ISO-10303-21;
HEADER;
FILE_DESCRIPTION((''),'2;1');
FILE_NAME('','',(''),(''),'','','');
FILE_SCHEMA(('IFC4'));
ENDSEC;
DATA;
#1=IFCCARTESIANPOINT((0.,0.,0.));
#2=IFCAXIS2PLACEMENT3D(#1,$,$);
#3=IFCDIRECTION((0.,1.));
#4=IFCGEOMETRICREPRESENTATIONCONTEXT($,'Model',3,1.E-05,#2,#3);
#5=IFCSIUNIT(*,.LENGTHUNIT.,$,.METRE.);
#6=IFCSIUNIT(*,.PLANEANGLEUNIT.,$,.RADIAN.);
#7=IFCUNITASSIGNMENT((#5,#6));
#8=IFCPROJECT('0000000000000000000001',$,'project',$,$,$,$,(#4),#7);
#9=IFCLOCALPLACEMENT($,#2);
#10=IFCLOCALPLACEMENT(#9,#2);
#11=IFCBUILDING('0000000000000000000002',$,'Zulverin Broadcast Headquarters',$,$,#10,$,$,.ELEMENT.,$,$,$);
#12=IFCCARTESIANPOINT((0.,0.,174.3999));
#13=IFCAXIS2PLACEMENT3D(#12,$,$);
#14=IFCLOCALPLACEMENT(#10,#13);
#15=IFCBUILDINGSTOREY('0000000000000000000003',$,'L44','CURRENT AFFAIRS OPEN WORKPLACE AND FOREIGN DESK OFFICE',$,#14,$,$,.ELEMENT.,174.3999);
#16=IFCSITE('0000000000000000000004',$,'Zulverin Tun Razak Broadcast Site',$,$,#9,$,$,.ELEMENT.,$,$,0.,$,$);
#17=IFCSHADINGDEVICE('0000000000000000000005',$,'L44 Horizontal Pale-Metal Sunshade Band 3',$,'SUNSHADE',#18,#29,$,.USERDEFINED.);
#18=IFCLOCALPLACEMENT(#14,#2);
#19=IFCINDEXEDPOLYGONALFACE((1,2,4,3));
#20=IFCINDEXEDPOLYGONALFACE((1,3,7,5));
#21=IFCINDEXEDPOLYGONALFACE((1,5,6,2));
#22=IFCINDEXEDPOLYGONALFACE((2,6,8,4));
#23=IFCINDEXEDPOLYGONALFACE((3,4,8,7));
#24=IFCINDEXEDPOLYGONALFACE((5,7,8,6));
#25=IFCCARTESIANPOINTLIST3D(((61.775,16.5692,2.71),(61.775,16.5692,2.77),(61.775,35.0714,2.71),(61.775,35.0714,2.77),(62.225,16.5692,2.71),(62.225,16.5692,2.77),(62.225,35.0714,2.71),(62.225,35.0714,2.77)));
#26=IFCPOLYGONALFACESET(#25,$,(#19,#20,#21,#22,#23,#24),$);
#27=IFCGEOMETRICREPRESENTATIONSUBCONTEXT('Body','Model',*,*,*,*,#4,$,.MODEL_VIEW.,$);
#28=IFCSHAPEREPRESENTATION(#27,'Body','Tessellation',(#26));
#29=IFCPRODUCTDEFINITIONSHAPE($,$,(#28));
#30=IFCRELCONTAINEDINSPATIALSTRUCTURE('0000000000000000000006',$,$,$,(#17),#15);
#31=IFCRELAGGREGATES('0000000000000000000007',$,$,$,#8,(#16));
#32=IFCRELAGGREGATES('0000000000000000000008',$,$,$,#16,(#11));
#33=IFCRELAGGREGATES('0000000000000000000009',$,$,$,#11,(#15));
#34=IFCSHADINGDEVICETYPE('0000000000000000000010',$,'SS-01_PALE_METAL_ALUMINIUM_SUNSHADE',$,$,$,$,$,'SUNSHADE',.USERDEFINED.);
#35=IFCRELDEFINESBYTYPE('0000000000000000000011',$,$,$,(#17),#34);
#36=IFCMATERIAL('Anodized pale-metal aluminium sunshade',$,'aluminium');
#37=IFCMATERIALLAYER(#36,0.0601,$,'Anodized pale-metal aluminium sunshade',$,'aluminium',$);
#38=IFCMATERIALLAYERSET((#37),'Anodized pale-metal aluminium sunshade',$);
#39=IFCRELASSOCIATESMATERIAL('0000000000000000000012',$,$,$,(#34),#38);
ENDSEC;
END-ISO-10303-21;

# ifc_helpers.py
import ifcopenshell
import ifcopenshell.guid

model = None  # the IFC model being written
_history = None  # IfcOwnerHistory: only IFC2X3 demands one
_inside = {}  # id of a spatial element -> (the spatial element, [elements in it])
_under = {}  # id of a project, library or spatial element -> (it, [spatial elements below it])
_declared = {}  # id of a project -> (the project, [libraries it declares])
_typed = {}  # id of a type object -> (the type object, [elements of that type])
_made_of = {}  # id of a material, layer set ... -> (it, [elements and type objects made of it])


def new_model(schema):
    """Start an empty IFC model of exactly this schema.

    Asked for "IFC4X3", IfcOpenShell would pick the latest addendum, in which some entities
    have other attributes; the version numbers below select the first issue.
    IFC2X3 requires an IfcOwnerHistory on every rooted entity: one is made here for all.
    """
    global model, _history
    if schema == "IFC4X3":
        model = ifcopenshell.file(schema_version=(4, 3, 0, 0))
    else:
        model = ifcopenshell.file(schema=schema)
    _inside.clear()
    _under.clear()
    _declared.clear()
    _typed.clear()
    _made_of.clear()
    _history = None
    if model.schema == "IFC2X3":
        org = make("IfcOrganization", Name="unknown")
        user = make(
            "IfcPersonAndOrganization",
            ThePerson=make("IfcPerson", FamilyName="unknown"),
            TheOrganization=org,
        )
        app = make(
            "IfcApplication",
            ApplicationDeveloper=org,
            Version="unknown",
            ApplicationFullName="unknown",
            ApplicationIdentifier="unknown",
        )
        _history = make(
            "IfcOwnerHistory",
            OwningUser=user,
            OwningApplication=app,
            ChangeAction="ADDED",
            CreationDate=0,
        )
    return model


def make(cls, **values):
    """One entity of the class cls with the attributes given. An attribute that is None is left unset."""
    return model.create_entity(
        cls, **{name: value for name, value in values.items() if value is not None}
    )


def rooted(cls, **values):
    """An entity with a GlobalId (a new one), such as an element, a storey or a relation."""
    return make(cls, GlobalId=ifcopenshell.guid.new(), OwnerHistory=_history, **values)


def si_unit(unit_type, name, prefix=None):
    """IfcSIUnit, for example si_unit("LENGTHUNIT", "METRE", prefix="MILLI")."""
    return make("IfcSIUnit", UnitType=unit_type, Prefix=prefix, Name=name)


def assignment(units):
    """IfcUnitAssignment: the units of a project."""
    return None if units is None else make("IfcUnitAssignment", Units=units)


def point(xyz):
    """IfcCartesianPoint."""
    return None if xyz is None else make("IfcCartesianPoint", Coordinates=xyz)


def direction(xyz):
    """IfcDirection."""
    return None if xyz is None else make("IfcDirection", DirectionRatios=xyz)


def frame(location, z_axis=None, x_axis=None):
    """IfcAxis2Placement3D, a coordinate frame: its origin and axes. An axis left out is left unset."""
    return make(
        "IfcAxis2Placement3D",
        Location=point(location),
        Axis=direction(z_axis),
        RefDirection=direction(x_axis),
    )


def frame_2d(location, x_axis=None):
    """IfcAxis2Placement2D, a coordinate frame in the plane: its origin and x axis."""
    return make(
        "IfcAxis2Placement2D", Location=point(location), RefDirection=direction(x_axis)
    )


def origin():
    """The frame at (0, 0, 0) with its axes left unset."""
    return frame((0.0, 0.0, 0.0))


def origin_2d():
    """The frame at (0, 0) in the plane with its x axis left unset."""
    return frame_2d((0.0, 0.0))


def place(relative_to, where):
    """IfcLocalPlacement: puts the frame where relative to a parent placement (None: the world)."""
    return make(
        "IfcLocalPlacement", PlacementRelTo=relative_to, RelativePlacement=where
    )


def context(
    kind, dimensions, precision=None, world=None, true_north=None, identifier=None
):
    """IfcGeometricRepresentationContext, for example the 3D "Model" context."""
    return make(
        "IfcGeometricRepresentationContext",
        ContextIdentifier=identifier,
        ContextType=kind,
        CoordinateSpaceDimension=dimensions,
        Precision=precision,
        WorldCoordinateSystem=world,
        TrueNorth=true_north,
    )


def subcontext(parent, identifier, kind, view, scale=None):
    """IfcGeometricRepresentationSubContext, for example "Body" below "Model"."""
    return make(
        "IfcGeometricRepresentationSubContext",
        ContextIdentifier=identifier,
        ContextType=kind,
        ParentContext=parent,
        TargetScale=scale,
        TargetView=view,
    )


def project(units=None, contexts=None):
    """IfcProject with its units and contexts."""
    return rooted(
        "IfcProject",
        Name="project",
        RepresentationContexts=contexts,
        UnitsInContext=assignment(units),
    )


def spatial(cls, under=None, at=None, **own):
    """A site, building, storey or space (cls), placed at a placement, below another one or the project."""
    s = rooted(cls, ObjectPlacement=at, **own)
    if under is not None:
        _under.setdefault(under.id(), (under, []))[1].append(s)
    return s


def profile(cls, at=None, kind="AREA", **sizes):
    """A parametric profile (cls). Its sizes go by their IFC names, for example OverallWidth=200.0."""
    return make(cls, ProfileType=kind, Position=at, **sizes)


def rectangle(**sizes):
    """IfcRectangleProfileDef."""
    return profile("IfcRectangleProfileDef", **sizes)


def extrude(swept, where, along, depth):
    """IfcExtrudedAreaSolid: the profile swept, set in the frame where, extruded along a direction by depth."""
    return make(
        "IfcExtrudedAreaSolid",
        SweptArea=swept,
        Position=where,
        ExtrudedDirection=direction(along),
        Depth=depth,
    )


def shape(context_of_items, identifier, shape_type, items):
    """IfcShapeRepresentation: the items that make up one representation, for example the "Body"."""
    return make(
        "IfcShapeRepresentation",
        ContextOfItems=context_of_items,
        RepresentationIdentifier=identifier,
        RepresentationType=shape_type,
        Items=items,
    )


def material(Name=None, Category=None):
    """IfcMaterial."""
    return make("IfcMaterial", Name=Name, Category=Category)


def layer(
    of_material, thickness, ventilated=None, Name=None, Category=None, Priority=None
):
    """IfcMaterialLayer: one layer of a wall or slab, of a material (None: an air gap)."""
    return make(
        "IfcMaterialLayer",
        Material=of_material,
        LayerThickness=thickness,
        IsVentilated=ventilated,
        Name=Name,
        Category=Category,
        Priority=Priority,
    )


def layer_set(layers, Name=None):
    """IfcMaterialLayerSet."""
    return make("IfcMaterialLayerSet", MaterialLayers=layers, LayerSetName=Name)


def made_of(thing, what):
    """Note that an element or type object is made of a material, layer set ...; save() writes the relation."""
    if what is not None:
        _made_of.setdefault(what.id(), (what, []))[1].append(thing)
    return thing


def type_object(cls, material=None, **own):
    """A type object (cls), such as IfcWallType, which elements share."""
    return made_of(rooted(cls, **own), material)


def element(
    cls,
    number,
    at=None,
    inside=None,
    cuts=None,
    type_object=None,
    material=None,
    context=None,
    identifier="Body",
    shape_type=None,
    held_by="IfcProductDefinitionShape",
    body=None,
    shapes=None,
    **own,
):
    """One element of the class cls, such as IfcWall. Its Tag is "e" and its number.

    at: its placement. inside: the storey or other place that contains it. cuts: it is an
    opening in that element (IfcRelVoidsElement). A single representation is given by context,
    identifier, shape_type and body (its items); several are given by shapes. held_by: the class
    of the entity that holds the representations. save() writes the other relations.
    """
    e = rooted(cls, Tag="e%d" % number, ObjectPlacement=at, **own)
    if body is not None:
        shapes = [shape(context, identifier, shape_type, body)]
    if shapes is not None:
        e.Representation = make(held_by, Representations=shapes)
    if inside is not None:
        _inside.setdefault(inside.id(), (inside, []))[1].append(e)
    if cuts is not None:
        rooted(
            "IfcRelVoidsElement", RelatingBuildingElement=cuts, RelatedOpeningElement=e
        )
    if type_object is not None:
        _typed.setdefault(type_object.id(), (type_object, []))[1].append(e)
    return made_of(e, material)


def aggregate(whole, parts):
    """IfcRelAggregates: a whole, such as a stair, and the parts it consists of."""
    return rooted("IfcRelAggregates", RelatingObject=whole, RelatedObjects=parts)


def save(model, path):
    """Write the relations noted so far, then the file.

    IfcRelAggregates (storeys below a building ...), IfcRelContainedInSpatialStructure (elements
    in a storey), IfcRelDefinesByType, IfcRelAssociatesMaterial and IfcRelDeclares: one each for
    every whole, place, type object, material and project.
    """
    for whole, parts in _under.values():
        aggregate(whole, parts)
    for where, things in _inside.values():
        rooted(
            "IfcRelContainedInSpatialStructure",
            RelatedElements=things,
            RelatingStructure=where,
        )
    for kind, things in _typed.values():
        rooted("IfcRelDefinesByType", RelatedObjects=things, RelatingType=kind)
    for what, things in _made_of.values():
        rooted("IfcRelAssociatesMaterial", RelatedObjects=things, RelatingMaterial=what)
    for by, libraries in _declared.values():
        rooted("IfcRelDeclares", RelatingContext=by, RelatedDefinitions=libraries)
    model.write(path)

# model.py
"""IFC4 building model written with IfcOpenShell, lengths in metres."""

from ifc_helpers import new_model, si_unit, direction, frame, origin, origin_2d, place, context, subcontext, project, spatial, rectangle, extrude, material, layer, layer_set, type_object, element, save


model = new_model("IFC4")

# Units and contexts
model_context = context("Model", 3, precision=1e-05, world=origin(), true_north=direction((0.0, 1.0)))
body_context = subcontext(model_context, "Body", "Model", "MODEL_VIEW")
ifc_project = project(units=[si_unit("LENGTHUNIT", "METRE"), si_unit("PLANEANGLEUNIT", "RADIAN")], contexts=[model_context])

# Site, building, storey
site_placement = place(None, origin())
site = spatial("IfcSite", under=ifc_project, at=site_placement, Name="Zulverin Tun Razak Broadcast Site", CompositionType="ELEMENT", RefElevation=0.0)
building_placement = place(site_placement, origin())
building = spatial("IfcBuilding", under=site, at=building_placement, Name="Zulverin Broadcast Headquarters", CompositionType="ELEMENT")
storey_placement = place(building_placement, frame((0.0, 0.0, 174.3999)))
storey = spatial("IfcBuildingStorey", under=building, at=storey_placement, Name="L44", Description="CURRENT AFFAIRS OPEN WORKPLACE AND FOREIGN DESK OFFICE", CompositionType="ELEMENT", Elevation=174.3999)

# Shading device
ifc_material_1 = material(Name="Anodized pale-metal aluminium sunshade", Category="aluminium")
ifc_layer_1 = layer(ifc_material_1, 0.0601, Name="Anodized pale-metal aluminium sunshade", Category="aluminium")
ifc_layer_set_1 = layer_set([ifc_layer_1], Name="Anodized pale-metal aluminium sunshade")
shading_device_type = type_object("IfcShadingDeviceType", Name="SS-01_PALE_METAL_ALUMINIUM_SUNSHADE", ElementType="SUNSHADE", PredefinedType="USERDEFINED", material=ifc_layer_set_1)
shading_device_placement = place(storey_placement, frame((62.0, 25.8203, 2.71), z_axis=(0.0, 0.0, 1.0), x_axis=(0.0, 1.0, 0.0)))
element("IfcShadingDevice", 1, at=shading_device_placement, inside=storey, type_object=shading_device_type, Name="L44 Horizontal Pale-Metal Sunshade Band 3", ObjectType="SUNSHADE", PredefinedType="USERDEFINED", context=body_context, shape_type="SweptSolid", body=[
    extrude(rectangle(XDim=18.5022, YDim=0.45, at=origin_2d()), origin(), (0.0, 0.0, 1.0), 0.0601),
])

save(model, "model.ifc")
